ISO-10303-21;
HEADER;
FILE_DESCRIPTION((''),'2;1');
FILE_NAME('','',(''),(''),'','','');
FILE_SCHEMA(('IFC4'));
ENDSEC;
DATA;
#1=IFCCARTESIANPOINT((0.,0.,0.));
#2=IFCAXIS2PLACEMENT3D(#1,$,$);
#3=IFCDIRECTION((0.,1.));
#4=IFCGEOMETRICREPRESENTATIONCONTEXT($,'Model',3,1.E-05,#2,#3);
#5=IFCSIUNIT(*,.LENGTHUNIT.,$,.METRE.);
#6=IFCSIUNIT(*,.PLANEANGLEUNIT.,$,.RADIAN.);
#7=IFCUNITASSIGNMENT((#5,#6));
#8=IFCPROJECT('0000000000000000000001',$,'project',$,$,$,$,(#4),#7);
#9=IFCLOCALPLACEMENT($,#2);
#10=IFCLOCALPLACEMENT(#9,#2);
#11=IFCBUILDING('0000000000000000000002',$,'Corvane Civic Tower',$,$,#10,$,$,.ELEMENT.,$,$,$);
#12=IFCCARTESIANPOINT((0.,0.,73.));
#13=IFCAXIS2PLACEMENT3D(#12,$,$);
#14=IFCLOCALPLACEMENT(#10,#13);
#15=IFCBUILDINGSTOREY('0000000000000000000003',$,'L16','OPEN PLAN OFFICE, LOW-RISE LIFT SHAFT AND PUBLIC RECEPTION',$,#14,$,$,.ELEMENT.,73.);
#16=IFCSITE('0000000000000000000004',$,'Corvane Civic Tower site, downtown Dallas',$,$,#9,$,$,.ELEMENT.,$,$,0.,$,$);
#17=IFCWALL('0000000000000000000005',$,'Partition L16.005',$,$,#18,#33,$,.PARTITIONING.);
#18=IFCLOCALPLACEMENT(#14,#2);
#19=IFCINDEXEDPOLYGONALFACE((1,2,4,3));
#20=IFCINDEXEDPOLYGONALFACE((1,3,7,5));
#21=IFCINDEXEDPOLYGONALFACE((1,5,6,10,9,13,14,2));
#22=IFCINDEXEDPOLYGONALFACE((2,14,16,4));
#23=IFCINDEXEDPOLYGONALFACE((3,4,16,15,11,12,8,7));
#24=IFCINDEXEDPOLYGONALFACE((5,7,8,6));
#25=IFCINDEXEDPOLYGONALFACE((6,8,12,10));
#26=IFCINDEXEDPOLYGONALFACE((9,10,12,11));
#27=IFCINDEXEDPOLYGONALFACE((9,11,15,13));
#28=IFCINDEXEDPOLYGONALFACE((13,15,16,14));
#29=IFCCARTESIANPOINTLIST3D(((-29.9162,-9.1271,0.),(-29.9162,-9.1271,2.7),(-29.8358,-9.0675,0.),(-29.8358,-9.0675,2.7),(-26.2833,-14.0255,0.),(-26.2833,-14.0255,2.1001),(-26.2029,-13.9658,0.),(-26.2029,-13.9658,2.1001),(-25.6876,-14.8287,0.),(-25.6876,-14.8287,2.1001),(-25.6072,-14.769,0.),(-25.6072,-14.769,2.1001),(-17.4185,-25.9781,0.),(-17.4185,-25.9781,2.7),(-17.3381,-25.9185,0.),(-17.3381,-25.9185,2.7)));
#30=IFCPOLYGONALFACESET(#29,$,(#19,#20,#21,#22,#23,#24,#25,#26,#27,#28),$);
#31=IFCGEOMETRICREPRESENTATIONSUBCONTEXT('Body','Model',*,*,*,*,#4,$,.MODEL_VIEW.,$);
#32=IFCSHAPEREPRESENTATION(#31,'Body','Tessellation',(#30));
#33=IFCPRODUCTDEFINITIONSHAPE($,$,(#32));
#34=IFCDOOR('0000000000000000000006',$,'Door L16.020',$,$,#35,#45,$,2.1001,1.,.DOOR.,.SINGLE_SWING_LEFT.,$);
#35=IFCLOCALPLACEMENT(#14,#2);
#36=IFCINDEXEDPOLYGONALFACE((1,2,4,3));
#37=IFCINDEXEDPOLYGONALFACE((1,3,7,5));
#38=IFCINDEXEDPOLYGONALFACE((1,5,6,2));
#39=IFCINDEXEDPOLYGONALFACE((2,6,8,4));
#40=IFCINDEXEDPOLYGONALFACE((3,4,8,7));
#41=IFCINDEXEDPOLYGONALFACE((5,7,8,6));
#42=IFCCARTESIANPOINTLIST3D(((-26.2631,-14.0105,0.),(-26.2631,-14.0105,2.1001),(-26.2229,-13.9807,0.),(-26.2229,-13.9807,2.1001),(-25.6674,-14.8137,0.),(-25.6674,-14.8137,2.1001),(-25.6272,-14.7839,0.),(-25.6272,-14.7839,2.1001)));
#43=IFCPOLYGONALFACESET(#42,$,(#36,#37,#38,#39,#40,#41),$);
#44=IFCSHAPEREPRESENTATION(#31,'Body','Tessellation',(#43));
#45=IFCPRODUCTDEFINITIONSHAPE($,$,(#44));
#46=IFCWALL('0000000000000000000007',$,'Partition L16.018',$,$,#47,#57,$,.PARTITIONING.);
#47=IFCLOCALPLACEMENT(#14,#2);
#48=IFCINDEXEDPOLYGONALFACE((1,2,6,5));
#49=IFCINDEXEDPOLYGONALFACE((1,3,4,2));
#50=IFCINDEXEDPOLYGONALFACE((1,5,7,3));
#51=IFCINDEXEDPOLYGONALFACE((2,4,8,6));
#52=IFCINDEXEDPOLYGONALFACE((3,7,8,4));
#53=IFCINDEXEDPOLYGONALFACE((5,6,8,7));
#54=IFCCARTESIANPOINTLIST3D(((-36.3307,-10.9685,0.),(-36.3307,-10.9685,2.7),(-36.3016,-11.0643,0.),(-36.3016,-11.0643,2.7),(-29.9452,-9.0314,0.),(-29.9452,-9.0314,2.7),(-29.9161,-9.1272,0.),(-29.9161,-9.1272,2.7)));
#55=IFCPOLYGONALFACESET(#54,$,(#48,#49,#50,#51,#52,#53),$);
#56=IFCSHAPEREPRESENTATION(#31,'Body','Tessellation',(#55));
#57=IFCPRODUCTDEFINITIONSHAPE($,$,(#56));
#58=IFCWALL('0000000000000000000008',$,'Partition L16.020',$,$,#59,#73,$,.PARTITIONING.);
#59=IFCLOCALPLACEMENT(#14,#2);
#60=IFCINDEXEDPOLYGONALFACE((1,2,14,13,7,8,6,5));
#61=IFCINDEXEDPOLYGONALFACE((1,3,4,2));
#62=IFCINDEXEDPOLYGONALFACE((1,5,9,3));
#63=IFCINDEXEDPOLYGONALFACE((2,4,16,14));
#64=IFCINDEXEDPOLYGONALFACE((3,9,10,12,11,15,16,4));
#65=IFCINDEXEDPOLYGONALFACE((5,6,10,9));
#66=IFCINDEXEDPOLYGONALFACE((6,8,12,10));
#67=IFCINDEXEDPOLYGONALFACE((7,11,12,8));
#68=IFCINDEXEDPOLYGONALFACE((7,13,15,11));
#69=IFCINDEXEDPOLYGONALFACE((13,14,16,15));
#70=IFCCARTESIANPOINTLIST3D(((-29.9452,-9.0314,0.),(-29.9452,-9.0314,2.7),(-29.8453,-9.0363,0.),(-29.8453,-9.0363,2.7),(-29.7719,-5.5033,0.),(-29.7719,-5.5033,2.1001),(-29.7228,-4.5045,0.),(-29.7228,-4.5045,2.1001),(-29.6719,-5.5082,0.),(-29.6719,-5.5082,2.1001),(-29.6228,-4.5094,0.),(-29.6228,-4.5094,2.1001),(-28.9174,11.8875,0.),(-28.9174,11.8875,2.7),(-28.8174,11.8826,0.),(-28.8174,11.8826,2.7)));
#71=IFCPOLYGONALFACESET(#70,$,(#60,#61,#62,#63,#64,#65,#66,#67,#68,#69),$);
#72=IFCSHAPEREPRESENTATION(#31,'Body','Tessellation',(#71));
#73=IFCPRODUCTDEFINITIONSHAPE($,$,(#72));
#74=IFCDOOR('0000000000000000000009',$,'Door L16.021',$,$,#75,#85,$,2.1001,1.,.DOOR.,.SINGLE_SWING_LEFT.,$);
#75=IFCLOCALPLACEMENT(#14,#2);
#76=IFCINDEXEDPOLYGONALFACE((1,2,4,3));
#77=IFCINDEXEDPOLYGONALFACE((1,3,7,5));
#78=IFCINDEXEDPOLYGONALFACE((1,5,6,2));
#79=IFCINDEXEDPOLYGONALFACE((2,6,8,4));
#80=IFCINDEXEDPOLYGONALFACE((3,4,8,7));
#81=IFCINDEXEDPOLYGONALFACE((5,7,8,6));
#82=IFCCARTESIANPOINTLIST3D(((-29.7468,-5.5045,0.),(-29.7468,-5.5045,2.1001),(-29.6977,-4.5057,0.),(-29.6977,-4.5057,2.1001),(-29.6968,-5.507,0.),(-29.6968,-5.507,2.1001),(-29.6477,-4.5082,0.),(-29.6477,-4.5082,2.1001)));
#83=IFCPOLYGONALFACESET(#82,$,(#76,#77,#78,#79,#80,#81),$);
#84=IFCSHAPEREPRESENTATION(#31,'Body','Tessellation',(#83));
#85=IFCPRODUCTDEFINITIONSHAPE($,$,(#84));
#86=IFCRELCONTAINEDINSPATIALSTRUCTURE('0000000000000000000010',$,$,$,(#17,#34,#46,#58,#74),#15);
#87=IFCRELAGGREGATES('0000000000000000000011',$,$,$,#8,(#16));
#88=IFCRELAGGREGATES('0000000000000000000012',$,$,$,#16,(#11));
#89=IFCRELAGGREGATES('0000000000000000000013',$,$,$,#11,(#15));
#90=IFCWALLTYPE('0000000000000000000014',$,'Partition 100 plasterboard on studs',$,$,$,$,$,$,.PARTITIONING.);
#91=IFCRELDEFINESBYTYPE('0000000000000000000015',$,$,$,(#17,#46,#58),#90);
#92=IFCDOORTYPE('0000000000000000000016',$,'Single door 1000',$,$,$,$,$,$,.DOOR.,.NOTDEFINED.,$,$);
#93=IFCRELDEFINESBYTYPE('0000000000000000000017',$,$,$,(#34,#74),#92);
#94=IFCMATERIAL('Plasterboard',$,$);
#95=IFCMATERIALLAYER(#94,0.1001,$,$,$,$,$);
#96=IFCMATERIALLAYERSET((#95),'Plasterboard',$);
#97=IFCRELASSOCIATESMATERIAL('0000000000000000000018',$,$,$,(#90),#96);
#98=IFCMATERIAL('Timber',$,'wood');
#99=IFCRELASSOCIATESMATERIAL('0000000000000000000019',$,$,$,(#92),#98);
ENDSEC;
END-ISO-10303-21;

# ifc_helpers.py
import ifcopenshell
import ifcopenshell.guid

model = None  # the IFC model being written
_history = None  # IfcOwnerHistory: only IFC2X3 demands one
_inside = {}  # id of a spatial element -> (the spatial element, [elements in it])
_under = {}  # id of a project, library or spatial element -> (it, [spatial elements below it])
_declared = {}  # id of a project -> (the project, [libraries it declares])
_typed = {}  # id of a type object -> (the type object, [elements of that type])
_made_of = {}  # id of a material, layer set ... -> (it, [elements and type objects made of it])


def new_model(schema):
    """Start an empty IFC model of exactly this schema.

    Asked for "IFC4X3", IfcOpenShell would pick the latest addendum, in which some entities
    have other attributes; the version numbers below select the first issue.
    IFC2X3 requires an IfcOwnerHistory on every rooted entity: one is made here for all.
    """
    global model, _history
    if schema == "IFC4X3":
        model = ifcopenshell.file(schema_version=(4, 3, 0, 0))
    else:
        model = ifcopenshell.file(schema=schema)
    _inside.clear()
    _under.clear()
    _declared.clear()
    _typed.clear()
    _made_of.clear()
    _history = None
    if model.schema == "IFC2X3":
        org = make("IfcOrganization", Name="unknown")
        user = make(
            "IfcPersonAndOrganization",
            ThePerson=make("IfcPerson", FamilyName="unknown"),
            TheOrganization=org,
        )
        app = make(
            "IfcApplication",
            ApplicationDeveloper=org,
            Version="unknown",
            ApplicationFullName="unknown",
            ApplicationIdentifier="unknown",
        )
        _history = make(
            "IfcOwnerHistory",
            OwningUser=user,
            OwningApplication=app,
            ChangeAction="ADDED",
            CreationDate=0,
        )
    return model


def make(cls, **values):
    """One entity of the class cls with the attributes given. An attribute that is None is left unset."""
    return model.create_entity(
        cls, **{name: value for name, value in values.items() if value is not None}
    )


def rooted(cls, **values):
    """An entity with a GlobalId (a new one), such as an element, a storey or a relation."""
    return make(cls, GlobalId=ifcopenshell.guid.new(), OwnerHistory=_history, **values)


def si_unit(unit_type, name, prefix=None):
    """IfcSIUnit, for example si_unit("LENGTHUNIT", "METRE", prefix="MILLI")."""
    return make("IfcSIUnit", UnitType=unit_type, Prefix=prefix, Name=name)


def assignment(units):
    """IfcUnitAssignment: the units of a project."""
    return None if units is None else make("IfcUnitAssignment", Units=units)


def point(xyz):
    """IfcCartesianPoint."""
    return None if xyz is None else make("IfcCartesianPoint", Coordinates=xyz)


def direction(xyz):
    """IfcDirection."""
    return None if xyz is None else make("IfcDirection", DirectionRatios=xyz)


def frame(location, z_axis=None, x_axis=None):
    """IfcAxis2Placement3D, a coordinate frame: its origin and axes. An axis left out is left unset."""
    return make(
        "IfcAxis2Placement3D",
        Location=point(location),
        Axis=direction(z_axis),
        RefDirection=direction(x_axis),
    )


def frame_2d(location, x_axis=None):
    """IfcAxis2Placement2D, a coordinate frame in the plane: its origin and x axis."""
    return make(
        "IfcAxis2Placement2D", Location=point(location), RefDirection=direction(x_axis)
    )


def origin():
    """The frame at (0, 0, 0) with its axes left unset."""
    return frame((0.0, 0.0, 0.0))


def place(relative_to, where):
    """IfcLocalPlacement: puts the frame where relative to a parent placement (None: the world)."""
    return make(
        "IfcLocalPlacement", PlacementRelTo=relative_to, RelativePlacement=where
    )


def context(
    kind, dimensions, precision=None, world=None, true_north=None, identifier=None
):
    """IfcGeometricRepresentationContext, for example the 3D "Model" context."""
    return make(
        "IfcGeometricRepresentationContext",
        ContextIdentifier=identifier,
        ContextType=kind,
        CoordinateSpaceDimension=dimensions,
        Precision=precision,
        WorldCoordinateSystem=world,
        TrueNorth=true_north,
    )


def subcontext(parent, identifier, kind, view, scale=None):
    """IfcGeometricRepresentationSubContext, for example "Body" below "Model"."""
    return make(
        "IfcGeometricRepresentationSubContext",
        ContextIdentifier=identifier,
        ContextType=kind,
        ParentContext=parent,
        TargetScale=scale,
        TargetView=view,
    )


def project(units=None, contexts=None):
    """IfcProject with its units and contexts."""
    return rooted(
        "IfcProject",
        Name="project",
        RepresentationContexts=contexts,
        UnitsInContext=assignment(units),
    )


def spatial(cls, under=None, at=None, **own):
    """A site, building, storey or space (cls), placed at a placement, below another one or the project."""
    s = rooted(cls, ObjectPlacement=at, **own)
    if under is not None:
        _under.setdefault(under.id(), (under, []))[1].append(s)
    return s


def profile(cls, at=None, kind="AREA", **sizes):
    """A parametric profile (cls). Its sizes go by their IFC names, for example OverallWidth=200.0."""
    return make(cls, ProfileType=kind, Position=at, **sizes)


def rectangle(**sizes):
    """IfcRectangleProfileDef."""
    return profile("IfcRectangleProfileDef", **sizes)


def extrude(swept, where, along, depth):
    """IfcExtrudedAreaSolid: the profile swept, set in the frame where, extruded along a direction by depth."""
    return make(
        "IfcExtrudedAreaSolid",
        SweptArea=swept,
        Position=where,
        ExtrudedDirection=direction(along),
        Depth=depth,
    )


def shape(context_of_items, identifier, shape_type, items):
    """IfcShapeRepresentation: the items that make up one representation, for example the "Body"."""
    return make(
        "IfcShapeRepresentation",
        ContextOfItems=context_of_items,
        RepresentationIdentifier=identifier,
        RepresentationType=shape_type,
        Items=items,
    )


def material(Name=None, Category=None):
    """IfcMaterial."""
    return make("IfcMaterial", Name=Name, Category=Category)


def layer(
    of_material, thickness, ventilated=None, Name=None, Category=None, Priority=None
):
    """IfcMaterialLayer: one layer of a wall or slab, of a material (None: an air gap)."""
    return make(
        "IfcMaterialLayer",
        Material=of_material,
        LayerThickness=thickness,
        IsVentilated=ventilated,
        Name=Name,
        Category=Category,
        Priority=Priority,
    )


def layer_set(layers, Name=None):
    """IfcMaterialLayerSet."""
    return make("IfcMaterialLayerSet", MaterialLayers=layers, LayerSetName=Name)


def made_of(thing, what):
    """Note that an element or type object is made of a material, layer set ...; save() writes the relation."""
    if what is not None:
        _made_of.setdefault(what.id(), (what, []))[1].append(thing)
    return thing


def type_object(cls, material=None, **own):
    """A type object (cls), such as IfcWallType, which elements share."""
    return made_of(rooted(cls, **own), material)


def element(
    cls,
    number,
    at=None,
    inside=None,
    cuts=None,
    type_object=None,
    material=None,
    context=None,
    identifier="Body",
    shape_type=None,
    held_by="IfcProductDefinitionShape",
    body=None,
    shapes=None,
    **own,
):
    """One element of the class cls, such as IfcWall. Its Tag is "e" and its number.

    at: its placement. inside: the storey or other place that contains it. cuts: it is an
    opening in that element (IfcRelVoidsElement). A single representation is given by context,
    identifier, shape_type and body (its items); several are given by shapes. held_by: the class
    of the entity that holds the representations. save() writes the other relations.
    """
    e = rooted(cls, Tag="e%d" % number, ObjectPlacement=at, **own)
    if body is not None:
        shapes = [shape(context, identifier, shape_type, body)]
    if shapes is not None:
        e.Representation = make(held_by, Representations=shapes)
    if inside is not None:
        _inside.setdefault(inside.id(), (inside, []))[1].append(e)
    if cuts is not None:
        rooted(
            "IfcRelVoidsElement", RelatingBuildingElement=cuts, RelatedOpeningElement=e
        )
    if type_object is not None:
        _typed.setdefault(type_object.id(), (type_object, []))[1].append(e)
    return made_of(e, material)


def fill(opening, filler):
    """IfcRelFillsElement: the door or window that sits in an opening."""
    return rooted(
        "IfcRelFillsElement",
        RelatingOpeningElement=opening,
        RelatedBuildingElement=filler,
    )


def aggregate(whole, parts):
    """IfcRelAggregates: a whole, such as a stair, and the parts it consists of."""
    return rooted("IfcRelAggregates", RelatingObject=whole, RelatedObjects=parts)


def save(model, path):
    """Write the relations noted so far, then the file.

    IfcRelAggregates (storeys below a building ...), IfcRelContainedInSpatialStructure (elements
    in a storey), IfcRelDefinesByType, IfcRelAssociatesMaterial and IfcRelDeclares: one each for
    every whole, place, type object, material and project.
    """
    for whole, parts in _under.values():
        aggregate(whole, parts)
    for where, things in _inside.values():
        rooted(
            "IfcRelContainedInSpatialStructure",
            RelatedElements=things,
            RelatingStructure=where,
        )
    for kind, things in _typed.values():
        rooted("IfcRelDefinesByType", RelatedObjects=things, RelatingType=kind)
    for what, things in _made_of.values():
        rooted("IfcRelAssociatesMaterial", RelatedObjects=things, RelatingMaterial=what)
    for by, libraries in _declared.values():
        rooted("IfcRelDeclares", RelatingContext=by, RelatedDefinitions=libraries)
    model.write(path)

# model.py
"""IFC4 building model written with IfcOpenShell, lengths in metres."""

from ifc_helpers import new_model, si_unit, direction, frame, frame_2d, origin, place, context, subcontext, project, spatial, rectangle, extrude, material, layer, layer_set, type_object, element, fill, save


model = new_model("IFC4")

# Units and contexts
model_context = context("Model", 3, precision=1e-05, world=origin(), true_north=direction((0.0, 1.0)))
body_context = subcontext(model_context, "Body", "Model", "MODEL_VIEW")
ifc_project = project(units=[si_unit("LENGTHUNIT", "METRE"), si_unit("PLANEANGLEUNIT", "RADIAN")], contexts=[model_context])

# Site, building, storey
site_placement = place(None, origin())
site = spatial("IfcSite", under=ifc_project, at=site_placement, Name="Corvane Civic Tower site, downtown Dallas", CompositionType="ELEMENT", RefElevation=0.0)
building_placement = place(site_placement, origin())
building = spatial("IfcBuilding", under=site, at=building_placement, Name="Corvane Civic Tower", CompositionType="ELEMENT")
storey_placement = place(building_placement, frame((0.0, 0.0, 73.0)))
storey = spatial("IfcBuildingStorey", under=building, at=storey_placement, Name="L16", Description="OPEN PLAN OFFICE, LOW-RISE LIFT SHAFT AND PUBLIC RECEPTION", CompositionType="ELEMENT", Elevation=73.0)

# Wall, opening, door
ifc_material_1 = material(Name="Plasterboard")
ifc_layer_1 = layer(ifc_material_1, 0.1001)
ifc_layer_set_1 = layer_set([ifc_layer_1], Name="Plasterboard")
wall_type_1 = type_object("IfcWallType", Name="Partition 100 plasterboard on studs", PredefinedType="PARTITIONING", material=ifc_layer_set_1)
wall_1_placement = place(storey_placement, frame((-29.876, -9.0974, 0.0), z_axis=(0.0, 0.0, 1.0), x_axis=(0.595705, -0.803203, 0.0)))
wall_1 = element("IfcWall", 1, at=wall_1_placement, inside=storey, type_object=wall_type_1, Name="Partition L16.005", PredefinedType="PARTITIONING", context=body_context, shape_type="SweptSolid", body=[
    extrude(rectangle(XDim=20.9797, YDim=0.1001, at=frame_2d((10.4897, 0.0))), origin(), (0.0, 0.0, 1.0), 2.7),
])
opening_1_placement = place(wall_1_placement, frame((6.0984, 0.0, 0.0)))
opening_1 = element("IfcOpeningElement", 2, at=opening_1_placement, cuts=wall_1, PredefinedType="OPENING", context=body_context, shape_type="SweptSolid", body=[
    extrude(rectangle(XDim=1.0, YDim=2.1001, at=frame_2d((0.5, 1.05))), frame((0.0, 0.0601, 0.0), z_axis=(0.0, -1.0, 0.0), x_axis=(1.0, 0.0, 0.0)), (0.0, 0.0, 1.0), 0.1201),
])
ifc_material_2 = material(Name="Timber", Category="wood")
door_type = type_object("IfcDoorType", Name="Single door 1000", OperationType="NOTDEFINED", PredefinedType="DOOR", material=ifc_material_2)
door_1_placement = place(opening_1_placement, frame((1.0, 0.0, 0.0), z_axis=(0.0, 0.0, 1.0), x_axis=(-1.0, 0.0, 0.0)))
door_1 = element("IfcDoor", 3, at=door_1_placement, inside=storey, type_object=door_type, Name="Door L16.020", OperationType="SINGLE_SWING_LEFT", OverallHeight=2.1001, OverallWidth=1.0, PredefinedType="DOOR", context=body_context, shape_type="SweptSolid", body=[
    extrude(rectangle(XDim=1.0, YDim=2.1001, at=frame_2d((0.5, 1.05))), frame((0.0, 0.0249, 0.0), z_axis=(0.0, -1.0, 0.0), x_axis=(1.0, 0.0, 0.0)), (0.0, 0.0, 1.0), 0.05),
])
fill(opening_1, door_1)

# Wall
wall_2_placement = place(storey_placement, frame((-36.3162, -11.0164, 0.0), z_axis=(0.0, 0.0, 1.0), x_axis=(0.956941, 0.290284, 0.0)))
element("IfcWall", 4, at=wall_2_placement, inside=storey, type_object=wall_type_1, Name="Partition L16.018", PredefinedType="PARTITIONING", context=body_context, shape_type="SweptSolid", body=[
    extrude(rectangle(XDim=6.6729, YDim=0.1001, at=frame_2d((3.3364, 0.0))), origin(), (0.0, 0.0, 1.0), 2.7),
])

# Wall, opening, door
wall_3_placement = place(storey_placement, frame((-29.8953, -9.0339, 0.0), z_axis=(0.0, 0.0, 1.0), x_axis=(0.049075, 0.998795, 0.0)))
wall_3 = element("IfcWall", 5, at=wall_3_placement, inside=storey, type_object=wall_type_1, Name="Partition L16.020", PredefinedType="PARTITIONING", context=body_context, shape_type="SweptSolid", body=[
    extrude(rectangle(XDim=20.9441, YDim=0.1001, at=frame_2d((10.4722, 0.0))), origin(), (0.0, 0.0, 1.0), 2.7),
])
opening_2_placement = place(wall_3_placement, frame((3.5325, 0.0, 0.0)))
opening_2 = element("IfcOpeningElement", 6, at=opening_2_placement, cuts=wall_3, PredefinedType="OPENING", context=body_context, shape_type="SweptSolid", body=[
    extrude(rectangle(XDim=1.0, YDim=2.1001, at=frame_2d((0.5, 1.05))), frame((0.0, 0.0601, 0.0), z_axis=(0.0, -1.0, 0.0), x_axis=(1.0, 0.0, 0.0)), (0.0, 0.0, 1.0), 0.1201),
])
door_2_placement = place(opening_2_placement, origin())
door_2 = element("IfcDoor", 7, at=door_2_placement, inside=storey, type_object=door_type, Name="Door L16.021", OperationType="SINGLE_SWING_LEFT", OverallHeight=2.1001, OverallWidth=1.0, PredefinedType="DOOR", context=body_context, shape_type="SweptSolid", body=[
    extrude(rectangle(XDim=1.0, YDim=2.1001, at=frame_2d((0.5, 1.05))), frame((0.0, 0.0249, 0.0), z_axis=(0.0, -1.0, 0.0), x_axis=(1.0, 0.0, 0.0)), (0.0, 0.0, 1.0), 0.05),
])
fill(opening_2, door_2)

save(model, "model.ifc")
